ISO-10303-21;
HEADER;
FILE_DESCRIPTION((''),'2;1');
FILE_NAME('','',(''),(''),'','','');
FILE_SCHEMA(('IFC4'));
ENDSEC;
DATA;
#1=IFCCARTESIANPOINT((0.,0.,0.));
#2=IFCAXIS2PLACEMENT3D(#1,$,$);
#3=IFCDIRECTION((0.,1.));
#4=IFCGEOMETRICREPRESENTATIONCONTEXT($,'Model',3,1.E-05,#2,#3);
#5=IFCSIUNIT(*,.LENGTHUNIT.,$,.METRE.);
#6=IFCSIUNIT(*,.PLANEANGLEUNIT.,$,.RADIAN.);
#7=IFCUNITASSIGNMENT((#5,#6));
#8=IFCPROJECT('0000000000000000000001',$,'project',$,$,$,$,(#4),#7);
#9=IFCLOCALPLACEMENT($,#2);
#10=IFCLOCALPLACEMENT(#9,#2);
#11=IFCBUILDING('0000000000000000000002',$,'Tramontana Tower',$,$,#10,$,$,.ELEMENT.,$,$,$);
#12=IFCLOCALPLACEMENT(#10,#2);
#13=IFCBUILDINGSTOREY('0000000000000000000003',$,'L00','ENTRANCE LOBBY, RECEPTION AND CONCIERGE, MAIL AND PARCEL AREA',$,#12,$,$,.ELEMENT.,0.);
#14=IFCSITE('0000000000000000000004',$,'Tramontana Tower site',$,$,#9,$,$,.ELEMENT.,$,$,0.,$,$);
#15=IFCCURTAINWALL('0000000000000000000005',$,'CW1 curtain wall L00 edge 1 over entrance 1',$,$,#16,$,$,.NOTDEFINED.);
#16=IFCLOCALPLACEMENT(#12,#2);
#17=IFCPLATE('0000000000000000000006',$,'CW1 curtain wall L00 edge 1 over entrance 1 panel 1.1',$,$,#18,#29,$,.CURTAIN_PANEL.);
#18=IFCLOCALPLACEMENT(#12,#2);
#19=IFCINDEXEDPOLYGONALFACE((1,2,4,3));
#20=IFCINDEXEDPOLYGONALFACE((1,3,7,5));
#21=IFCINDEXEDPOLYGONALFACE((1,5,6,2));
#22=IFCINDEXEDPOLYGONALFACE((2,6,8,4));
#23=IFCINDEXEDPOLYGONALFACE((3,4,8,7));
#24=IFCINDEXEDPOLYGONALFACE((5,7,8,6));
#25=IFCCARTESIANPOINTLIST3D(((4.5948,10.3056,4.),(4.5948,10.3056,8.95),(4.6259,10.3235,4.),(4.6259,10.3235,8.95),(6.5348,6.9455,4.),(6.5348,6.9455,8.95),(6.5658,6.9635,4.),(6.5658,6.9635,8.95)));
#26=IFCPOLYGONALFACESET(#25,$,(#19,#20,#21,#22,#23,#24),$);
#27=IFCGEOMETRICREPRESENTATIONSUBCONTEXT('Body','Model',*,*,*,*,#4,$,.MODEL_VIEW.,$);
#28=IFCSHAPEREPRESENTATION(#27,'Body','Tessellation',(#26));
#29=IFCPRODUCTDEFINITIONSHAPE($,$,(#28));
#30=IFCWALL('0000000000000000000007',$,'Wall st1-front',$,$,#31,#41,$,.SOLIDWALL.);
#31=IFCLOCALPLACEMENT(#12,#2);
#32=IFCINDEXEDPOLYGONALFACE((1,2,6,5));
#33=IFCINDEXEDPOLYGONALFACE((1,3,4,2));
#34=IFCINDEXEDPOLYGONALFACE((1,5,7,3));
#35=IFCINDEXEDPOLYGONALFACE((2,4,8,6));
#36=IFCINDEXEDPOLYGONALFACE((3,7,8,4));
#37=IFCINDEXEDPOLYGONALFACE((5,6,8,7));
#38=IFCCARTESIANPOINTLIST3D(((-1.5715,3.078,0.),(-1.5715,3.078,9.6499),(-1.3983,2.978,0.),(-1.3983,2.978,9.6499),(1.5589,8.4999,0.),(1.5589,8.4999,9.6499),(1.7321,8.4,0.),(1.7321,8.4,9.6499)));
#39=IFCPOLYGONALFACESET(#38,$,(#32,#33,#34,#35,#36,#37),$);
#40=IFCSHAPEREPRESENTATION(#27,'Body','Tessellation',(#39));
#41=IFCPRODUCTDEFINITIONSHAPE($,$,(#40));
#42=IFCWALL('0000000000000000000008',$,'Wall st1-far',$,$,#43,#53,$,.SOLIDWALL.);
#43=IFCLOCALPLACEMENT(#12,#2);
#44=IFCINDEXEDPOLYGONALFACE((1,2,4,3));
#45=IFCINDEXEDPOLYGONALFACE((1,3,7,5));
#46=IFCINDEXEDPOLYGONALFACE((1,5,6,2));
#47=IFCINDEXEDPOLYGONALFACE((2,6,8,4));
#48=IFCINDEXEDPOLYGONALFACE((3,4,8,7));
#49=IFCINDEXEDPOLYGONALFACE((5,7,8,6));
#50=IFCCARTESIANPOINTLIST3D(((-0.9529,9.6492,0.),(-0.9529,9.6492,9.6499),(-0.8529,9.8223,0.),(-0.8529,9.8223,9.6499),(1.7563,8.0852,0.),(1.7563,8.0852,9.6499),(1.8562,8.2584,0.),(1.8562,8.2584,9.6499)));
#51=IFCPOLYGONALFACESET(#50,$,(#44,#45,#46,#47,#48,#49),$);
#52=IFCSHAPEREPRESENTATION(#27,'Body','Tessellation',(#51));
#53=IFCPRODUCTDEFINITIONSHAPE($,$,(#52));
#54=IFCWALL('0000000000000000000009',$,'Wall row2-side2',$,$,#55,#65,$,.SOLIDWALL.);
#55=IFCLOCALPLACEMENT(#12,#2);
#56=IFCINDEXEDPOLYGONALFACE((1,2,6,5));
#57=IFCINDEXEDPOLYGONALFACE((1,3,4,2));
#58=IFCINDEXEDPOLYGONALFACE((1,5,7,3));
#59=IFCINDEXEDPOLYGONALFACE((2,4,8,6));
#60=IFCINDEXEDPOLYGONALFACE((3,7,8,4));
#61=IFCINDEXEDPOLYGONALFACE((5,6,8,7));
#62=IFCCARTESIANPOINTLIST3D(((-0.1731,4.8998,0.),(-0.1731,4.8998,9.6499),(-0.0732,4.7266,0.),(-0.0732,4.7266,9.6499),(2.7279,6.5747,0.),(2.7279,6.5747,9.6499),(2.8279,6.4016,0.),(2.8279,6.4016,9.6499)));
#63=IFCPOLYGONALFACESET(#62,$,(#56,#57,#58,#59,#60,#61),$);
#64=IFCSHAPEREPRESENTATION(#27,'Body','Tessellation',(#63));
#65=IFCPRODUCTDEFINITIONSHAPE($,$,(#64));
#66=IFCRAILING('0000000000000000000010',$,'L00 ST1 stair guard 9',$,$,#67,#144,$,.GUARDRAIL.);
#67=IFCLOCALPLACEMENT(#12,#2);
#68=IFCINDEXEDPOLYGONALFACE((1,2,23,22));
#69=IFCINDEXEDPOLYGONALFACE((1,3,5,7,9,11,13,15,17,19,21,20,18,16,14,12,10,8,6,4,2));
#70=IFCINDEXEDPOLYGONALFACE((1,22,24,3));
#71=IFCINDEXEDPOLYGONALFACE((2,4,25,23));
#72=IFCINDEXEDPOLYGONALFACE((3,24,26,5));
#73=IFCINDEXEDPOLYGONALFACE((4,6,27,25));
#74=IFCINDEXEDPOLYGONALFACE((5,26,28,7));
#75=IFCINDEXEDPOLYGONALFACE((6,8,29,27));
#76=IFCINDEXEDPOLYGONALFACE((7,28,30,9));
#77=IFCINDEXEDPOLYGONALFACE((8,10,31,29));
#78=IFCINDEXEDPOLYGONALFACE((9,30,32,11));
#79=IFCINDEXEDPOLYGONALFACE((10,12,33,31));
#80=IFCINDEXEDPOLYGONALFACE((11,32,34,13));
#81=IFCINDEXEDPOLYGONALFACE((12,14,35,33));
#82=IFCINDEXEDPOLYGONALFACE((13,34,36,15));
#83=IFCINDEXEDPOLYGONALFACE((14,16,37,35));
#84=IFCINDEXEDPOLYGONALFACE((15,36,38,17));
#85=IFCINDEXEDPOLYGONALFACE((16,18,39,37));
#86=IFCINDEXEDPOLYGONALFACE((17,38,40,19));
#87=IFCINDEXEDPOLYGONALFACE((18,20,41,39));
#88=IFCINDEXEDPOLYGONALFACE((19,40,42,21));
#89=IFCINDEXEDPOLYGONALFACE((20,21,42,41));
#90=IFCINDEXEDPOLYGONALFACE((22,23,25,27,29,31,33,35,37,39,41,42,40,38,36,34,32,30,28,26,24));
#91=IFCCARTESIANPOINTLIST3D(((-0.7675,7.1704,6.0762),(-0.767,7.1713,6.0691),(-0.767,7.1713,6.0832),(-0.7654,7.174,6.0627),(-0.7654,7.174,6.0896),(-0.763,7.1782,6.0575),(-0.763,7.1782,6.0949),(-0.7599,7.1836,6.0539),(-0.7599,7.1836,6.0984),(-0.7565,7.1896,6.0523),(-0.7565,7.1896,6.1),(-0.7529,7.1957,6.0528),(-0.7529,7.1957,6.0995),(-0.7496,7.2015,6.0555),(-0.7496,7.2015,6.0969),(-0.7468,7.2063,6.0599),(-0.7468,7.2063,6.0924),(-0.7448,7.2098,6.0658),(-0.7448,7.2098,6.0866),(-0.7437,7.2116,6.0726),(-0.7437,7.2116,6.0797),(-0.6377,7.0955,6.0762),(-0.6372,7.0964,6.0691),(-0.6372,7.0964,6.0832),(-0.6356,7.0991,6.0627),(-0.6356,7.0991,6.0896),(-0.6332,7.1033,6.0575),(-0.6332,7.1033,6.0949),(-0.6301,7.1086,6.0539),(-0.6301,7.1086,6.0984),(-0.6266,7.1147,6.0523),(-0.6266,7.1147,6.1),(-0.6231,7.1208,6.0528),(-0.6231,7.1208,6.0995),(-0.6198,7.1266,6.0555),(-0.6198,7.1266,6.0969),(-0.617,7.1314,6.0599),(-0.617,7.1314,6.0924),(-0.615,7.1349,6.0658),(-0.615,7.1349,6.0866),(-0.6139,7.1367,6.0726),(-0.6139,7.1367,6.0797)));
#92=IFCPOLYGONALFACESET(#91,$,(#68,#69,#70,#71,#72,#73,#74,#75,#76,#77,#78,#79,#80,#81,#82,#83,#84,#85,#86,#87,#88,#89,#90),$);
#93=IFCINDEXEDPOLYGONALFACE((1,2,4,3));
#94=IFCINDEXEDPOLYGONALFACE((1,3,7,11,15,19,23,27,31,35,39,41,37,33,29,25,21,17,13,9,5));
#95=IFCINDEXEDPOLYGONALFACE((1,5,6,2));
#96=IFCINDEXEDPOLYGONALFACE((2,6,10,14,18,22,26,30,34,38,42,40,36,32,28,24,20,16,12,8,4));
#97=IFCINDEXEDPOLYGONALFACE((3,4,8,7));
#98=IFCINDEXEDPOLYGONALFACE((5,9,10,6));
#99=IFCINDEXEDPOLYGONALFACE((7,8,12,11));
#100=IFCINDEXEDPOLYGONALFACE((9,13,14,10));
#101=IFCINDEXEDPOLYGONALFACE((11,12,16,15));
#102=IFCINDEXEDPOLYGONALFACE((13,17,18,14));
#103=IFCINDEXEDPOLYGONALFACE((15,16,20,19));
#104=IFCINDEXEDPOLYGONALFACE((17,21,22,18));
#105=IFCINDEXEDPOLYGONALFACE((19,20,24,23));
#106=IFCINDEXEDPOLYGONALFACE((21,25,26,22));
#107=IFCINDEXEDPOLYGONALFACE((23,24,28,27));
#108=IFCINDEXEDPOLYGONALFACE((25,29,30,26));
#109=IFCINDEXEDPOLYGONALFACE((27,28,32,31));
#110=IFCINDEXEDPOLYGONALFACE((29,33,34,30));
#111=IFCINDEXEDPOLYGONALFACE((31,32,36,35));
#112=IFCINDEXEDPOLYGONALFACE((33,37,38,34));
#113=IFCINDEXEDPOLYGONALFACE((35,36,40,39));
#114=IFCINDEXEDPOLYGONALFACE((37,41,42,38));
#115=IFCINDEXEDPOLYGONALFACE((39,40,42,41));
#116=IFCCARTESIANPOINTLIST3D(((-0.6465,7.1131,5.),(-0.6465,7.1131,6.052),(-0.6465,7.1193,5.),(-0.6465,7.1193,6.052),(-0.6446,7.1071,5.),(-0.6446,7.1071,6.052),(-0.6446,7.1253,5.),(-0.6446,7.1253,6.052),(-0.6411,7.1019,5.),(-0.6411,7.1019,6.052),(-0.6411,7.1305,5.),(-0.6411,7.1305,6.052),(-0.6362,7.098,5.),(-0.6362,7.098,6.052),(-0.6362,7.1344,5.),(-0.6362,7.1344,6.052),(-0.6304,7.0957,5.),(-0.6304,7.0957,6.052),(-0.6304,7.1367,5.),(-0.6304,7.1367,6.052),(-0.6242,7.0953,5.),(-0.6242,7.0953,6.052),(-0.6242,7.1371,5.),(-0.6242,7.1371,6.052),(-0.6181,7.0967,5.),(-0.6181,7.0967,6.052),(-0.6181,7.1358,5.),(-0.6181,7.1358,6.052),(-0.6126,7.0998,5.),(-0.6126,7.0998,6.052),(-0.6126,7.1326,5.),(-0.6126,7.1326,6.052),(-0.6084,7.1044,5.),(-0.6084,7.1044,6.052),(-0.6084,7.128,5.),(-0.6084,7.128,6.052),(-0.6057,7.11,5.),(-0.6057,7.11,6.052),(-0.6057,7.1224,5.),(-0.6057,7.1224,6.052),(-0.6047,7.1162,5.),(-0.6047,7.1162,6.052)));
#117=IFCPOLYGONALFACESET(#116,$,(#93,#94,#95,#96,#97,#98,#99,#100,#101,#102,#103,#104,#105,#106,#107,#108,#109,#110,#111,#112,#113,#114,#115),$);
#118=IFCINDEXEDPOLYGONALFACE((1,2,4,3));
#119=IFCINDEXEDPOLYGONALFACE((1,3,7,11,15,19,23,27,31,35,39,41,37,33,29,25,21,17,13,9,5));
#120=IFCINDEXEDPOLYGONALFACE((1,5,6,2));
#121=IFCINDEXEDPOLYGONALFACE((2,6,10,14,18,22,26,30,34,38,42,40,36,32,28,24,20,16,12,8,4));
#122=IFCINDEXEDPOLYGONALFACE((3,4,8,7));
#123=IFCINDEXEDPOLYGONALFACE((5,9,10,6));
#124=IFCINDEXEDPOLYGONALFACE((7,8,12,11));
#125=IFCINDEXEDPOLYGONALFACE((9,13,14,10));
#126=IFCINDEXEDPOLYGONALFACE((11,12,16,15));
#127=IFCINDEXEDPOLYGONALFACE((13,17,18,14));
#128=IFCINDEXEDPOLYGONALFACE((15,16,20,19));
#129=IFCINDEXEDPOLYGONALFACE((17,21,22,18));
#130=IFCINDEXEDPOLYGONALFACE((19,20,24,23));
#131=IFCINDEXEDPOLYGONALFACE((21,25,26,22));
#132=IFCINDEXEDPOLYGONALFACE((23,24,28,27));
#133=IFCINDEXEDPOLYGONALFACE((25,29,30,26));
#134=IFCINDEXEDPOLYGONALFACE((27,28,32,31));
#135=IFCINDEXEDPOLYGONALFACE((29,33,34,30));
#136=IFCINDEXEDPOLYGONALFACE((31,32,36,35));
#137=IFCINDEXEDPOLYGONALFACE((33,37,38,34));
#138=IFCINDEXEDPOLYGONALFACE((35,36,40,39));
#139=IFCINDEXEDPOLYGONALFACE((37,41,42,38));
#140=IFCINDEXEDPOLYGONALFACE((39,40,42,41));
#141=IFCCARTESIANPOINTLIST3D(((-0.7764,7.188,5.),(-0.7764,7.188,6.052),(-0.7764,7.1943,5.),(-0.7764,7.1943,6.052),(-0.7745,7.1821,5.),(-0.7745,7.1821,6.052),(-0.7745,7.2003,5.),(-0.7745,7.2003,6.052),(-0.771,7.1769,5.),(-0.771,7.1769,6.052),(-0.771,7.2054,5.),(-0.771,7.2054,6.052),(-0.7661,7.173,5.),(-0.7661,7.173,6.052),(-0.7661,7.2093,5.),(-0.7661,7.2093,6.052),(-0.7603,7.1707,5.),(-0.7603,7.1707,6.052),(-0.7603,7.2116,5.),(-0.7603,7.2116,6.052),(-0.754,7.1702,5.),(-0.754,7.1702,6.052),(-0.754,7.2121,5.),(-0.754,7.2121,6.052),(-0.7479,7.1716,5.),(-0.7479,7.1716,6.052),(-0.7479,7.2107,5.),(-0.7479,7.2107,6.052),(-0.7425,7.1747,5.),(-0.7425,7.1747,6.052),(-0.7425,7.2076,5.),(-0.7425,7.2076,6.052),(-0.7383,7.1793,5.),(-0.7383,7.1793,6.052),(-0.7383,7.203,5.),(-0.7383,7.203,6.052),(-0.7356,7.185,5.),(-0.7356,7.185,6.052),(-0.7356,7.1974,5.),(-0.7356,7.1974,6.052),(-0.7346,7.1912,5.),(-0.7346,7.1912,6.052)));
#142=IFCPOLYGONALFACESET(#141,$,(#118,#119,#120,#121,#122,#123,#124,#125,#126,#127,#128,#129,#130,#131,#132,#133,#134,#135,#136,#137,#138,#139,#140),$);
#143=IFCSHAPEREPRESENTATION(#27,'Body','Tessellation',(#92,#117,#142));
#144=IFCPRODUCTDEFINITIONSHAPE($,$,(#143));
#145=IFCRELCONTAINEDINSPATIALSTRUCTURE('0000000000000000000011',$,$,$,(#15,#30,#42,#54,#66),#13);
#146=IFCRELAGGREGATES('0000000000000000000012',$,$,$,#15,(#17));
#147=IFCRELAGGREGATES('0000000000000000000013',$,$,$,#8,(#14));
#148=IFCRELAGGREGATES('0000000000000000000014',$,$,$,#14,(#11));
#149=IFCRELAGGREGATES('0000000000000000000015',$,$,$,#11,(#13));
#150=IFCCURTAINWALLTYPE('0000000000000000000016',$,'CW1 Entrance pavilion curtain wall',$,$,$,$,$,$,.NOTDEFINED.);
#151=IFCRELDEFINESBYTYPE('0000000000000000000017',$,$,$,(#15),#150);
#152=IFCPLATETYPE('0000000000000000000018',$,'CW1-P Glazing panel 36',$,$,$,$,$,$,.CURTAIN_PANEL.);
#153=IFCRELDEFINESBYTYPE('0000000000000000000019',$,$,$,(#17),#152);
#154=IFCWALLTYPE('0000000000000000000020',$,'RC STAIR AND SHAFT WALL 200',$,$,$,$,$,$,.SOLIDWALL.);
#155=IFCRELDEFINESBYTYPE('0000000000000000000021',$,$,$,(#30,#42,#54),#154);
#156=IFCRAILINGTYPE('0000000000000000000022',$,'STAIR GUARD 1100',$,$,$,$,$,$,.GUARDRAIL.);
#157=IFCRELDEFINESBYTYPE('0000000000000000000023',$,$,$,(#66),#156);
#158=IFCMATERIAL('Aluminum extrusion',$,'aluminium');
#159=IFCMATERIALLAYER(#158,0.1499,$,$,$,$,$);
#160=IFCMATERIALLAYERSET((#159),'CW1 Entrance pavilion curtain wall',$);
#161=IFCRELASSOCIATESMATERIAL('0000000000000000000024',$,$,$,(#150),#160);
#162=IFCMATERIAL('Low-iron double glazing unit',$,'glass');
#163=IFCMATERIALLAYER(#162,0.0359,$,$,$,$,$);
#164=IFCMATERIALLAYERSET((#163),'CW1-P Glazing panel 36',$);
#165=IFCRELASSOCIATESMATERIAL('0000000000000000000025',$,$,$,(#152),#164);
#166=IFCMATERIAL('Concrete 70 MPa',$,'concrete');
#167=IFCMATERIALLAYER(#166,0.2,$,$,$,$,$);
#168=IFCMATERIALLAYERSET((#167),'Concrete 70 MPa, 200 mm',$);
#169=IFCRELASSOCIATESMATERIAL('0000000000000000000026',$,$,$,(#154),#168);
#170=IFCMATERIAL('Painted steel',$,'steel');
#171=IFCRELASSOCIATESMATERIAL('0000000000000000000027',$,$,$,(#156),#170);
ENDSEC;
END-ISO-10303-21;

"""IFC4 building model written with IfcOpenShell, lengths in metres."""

from ifc_helpers import new_model, si_unit, direction, frame, frame_2d, origin, origin_2d, place, context, subcontext, project, spatial, rectangle, circle, extrude, material, layer, layer_set, type_object, element, aggregate, save


model = new_model("IFC4")

# Units and contexts
model_context = context("Model", 3, precision=1e-05, world=origin(), true_north=direction((0.0, 1.0)))
body_context = subcontext(model_context, "Body", "Model", "MODEL_VIEW")
ifc_project = project(units=[si_unit("LENGTHUNIT", "METRE"), si_unit("PLANEANGLEUNIT", "RADIAN")], contexts=[model_context])

# Site, building, storey
site_placement = place(None, origin())
site = spatial("IfcSite", under=ifc_project, at=site_placement, Name="Tramontana Tower site", CompositionType="ELEMENT", RefElevation=0.0)
building_placement = place(site_placement, origin())
building = spatial("IfcBuilding", under=site, at=building_placement, Name="Tramontana Tower", CompositionType="ELEMENT")
storey_placement = place(building_placement, origin())
storey = spatial("IfcBuildingStorey", under=building, at=storey_placement, Name="L00", Description="ENTRANCE LOBBY, RECEPTION AND CONCIERGE, MAIL AND PARCEL AREA", CompositionType="ELEMENT", Elevation=0.0)

# Curtain wall
ifc_material_1 = material(Name="Aluminum extrusion", Category="aluminium")
ifc_layer_1 = layer(ifc_material_1, 0.1499)
ifc_layer_set_1 = layer_set([ifc_layer_1], Name="CW1 Entrance pavilion curtain wall")
curtain_wall_type = type_object("IfcCurtainWallType", Name="CW1 Entrance pavilion curtain wall", PredefinedType="NOTDEFINED", material=ifc_layer_set_1)
curtain_wall_1_placement = place(storey_placement, origin())
curtain_wall_1 = element("IfcCurtainWall", 1, at=curtain_wall_1_placement, inside=storey, type_object=curtain_wall_type, Name="CW1 curtain wall L00 edge 1 over entrance 1", PredefinedType="NOTDEFINED")

# Plate
ifc_material_2 = material(Name="Low-iron double glazing unit", Category="glass")
ifc_layer_2 = layer(ifc_material_2, 0.0359)
ifc_layer_set_2 = layer_set([ifc_layer_2], Name="CW1-P Glazing panel 36")
plate_type = type_object("IfcPlateType", Name="CW1-P Glazing panel 36", PredefinedType="CURTAIN_PANEL", material=ifc_layer_set_2)
plate_1_placement = place(storey_placement, frame((5.5803, 8.6345, 4.0), z_axis=(0.0, 0.0, 1.0), x_axis=(0.5, -0.866025, 0.0)))
plate_1 = element("IfcPlate", 2, at=plate_1_placement, type_object=plate_type, Name="CW1 curtain wall L00 edge 1 over entrance 1 panel 1.1", PredefinedType="CURTAIN_PANEL", context=body_context, shape_type="SweptSolid", body=[
    extrude(rectangle(XDim=3.8799, YDim=0.0359, at=origin_2d()), origin(), (0.0, 0.0, 1.0), 4.95),
])
aggregate(curtain_wall_1, [plate_1])

# Walls
ifc_material_3 = material(Name="Concrete 70 MPa", Category="concrete")
ifc_layer_3 = layer(ifc_material_3, 0.2)
ifc_layer_set_3 = layer_set([ifc_layer_3], Name="Concrete 70 MPa, 200 mm")
wall_type = type_object("IfcWallType", Name="RC STAIR AND SHAFT WALL 200", PredefinedType="SOLIDWALL", material=ifc_layer_set_3)
wall_1_placement = place(storey_placement, frame((1.6455, 8.45, 0.0), z_axis=(0.0, 0.0, 1.0), x_axis=(-0.500006, -0.866022, 0.0)))
element("IfcWall", 3, at=wall_1_placement, inside=storey, type_object=wall_type, Name="Wall st1-front", PredefinedType="SOLIDWALL", context=body_context, shape_type="SweptSolid", body=[
    extrude(rectangle(XDim=6.2607, YDim=0.2, at=frame_2d((3.1304, 0.0))), origin(), (0.0, 0.0, 1.0), 9.6499),
])
wall_2_placement = place(storey_placement, frame((1.8062, 8.1719, 0.0), z_axis=(0.0, 0.0, 1.0), x_axis=(-0.866054, 0.49995, 0.0)))
element("IfcWall", 4, at=wall_2_placement, inside=storey, type_object=wall_type, Name="Wall st1-far", PredefinedType="SOLIDWALL", context=body_context, shape_type="SweptSolid", body=[
    extrude(rectangle(XDim=3.1282, YDim=0.2, at=frame_2d((1.564, 0.0))), origin(), (0.0, 0.0, 1.0), 9.6499),
])
wall_3_placement = place(storey_placement, frame((-0.123, 4.8132, 0.0), z_axis=(0.0, 0.0, 1.0), x_axis=(0.866014, 0.500019, 0.0)))
element("IfcWall", 5, at=wall_3_placement, inside=storey, type_object=wall_type, Name="Wall row2-side2", PredefinedType="SOLIDWALL", context=body_context, shape_type="SweptSolid", body=[
    extrude(rectangle(XDim=3.3499, YDim=0.2, at=frame_2d((1.6748, 0.0))), origin(), (0.0, 0.0, 1.0), 9.6499),
])

# Railing
ifc_material_4 = material(Name="Painted steel", Category="steel")
railing_type = type_object("IfcRailingType", Name="STAIR GUARD 1100", PredefinedType="GUARDRAIL", material=ifc_material_4)
for number, where, name in (
    (6, (-0.6257, 7.1162, 5.0), "L00 ST1 stair guard 9"),
):
    element("IfcRailing", number, at=place(storey_placement, frame(where)), inside=storey, type_object=railing_type, Name=name, PredefinedType="GUARDRAIL", context=body_context, shape_type="SweptSolid", body=[
        extrude(circle(Radius=0.0239, at=origin_2d()), frame((0.0, 0.0, 1.0762), z_axis=(-0.866131, 0.499816, 0.0), x_axis=(-0.499816, -0.866131, 0.0)), (0.0, 0.0, 1.0), 0.1499),
        extrude(circle(Radius=0.021, at=origin_2d()), origin(), (0.0, 0.0, 1.0), 1.052),
        extrude(circle(Radius=0.021, at=origin_2d()), frame((-0.1299, 0.075, 0.0)), (0.0, 0.0, 1.0), 1.052),
    ])

save(model, "model.ifc")
